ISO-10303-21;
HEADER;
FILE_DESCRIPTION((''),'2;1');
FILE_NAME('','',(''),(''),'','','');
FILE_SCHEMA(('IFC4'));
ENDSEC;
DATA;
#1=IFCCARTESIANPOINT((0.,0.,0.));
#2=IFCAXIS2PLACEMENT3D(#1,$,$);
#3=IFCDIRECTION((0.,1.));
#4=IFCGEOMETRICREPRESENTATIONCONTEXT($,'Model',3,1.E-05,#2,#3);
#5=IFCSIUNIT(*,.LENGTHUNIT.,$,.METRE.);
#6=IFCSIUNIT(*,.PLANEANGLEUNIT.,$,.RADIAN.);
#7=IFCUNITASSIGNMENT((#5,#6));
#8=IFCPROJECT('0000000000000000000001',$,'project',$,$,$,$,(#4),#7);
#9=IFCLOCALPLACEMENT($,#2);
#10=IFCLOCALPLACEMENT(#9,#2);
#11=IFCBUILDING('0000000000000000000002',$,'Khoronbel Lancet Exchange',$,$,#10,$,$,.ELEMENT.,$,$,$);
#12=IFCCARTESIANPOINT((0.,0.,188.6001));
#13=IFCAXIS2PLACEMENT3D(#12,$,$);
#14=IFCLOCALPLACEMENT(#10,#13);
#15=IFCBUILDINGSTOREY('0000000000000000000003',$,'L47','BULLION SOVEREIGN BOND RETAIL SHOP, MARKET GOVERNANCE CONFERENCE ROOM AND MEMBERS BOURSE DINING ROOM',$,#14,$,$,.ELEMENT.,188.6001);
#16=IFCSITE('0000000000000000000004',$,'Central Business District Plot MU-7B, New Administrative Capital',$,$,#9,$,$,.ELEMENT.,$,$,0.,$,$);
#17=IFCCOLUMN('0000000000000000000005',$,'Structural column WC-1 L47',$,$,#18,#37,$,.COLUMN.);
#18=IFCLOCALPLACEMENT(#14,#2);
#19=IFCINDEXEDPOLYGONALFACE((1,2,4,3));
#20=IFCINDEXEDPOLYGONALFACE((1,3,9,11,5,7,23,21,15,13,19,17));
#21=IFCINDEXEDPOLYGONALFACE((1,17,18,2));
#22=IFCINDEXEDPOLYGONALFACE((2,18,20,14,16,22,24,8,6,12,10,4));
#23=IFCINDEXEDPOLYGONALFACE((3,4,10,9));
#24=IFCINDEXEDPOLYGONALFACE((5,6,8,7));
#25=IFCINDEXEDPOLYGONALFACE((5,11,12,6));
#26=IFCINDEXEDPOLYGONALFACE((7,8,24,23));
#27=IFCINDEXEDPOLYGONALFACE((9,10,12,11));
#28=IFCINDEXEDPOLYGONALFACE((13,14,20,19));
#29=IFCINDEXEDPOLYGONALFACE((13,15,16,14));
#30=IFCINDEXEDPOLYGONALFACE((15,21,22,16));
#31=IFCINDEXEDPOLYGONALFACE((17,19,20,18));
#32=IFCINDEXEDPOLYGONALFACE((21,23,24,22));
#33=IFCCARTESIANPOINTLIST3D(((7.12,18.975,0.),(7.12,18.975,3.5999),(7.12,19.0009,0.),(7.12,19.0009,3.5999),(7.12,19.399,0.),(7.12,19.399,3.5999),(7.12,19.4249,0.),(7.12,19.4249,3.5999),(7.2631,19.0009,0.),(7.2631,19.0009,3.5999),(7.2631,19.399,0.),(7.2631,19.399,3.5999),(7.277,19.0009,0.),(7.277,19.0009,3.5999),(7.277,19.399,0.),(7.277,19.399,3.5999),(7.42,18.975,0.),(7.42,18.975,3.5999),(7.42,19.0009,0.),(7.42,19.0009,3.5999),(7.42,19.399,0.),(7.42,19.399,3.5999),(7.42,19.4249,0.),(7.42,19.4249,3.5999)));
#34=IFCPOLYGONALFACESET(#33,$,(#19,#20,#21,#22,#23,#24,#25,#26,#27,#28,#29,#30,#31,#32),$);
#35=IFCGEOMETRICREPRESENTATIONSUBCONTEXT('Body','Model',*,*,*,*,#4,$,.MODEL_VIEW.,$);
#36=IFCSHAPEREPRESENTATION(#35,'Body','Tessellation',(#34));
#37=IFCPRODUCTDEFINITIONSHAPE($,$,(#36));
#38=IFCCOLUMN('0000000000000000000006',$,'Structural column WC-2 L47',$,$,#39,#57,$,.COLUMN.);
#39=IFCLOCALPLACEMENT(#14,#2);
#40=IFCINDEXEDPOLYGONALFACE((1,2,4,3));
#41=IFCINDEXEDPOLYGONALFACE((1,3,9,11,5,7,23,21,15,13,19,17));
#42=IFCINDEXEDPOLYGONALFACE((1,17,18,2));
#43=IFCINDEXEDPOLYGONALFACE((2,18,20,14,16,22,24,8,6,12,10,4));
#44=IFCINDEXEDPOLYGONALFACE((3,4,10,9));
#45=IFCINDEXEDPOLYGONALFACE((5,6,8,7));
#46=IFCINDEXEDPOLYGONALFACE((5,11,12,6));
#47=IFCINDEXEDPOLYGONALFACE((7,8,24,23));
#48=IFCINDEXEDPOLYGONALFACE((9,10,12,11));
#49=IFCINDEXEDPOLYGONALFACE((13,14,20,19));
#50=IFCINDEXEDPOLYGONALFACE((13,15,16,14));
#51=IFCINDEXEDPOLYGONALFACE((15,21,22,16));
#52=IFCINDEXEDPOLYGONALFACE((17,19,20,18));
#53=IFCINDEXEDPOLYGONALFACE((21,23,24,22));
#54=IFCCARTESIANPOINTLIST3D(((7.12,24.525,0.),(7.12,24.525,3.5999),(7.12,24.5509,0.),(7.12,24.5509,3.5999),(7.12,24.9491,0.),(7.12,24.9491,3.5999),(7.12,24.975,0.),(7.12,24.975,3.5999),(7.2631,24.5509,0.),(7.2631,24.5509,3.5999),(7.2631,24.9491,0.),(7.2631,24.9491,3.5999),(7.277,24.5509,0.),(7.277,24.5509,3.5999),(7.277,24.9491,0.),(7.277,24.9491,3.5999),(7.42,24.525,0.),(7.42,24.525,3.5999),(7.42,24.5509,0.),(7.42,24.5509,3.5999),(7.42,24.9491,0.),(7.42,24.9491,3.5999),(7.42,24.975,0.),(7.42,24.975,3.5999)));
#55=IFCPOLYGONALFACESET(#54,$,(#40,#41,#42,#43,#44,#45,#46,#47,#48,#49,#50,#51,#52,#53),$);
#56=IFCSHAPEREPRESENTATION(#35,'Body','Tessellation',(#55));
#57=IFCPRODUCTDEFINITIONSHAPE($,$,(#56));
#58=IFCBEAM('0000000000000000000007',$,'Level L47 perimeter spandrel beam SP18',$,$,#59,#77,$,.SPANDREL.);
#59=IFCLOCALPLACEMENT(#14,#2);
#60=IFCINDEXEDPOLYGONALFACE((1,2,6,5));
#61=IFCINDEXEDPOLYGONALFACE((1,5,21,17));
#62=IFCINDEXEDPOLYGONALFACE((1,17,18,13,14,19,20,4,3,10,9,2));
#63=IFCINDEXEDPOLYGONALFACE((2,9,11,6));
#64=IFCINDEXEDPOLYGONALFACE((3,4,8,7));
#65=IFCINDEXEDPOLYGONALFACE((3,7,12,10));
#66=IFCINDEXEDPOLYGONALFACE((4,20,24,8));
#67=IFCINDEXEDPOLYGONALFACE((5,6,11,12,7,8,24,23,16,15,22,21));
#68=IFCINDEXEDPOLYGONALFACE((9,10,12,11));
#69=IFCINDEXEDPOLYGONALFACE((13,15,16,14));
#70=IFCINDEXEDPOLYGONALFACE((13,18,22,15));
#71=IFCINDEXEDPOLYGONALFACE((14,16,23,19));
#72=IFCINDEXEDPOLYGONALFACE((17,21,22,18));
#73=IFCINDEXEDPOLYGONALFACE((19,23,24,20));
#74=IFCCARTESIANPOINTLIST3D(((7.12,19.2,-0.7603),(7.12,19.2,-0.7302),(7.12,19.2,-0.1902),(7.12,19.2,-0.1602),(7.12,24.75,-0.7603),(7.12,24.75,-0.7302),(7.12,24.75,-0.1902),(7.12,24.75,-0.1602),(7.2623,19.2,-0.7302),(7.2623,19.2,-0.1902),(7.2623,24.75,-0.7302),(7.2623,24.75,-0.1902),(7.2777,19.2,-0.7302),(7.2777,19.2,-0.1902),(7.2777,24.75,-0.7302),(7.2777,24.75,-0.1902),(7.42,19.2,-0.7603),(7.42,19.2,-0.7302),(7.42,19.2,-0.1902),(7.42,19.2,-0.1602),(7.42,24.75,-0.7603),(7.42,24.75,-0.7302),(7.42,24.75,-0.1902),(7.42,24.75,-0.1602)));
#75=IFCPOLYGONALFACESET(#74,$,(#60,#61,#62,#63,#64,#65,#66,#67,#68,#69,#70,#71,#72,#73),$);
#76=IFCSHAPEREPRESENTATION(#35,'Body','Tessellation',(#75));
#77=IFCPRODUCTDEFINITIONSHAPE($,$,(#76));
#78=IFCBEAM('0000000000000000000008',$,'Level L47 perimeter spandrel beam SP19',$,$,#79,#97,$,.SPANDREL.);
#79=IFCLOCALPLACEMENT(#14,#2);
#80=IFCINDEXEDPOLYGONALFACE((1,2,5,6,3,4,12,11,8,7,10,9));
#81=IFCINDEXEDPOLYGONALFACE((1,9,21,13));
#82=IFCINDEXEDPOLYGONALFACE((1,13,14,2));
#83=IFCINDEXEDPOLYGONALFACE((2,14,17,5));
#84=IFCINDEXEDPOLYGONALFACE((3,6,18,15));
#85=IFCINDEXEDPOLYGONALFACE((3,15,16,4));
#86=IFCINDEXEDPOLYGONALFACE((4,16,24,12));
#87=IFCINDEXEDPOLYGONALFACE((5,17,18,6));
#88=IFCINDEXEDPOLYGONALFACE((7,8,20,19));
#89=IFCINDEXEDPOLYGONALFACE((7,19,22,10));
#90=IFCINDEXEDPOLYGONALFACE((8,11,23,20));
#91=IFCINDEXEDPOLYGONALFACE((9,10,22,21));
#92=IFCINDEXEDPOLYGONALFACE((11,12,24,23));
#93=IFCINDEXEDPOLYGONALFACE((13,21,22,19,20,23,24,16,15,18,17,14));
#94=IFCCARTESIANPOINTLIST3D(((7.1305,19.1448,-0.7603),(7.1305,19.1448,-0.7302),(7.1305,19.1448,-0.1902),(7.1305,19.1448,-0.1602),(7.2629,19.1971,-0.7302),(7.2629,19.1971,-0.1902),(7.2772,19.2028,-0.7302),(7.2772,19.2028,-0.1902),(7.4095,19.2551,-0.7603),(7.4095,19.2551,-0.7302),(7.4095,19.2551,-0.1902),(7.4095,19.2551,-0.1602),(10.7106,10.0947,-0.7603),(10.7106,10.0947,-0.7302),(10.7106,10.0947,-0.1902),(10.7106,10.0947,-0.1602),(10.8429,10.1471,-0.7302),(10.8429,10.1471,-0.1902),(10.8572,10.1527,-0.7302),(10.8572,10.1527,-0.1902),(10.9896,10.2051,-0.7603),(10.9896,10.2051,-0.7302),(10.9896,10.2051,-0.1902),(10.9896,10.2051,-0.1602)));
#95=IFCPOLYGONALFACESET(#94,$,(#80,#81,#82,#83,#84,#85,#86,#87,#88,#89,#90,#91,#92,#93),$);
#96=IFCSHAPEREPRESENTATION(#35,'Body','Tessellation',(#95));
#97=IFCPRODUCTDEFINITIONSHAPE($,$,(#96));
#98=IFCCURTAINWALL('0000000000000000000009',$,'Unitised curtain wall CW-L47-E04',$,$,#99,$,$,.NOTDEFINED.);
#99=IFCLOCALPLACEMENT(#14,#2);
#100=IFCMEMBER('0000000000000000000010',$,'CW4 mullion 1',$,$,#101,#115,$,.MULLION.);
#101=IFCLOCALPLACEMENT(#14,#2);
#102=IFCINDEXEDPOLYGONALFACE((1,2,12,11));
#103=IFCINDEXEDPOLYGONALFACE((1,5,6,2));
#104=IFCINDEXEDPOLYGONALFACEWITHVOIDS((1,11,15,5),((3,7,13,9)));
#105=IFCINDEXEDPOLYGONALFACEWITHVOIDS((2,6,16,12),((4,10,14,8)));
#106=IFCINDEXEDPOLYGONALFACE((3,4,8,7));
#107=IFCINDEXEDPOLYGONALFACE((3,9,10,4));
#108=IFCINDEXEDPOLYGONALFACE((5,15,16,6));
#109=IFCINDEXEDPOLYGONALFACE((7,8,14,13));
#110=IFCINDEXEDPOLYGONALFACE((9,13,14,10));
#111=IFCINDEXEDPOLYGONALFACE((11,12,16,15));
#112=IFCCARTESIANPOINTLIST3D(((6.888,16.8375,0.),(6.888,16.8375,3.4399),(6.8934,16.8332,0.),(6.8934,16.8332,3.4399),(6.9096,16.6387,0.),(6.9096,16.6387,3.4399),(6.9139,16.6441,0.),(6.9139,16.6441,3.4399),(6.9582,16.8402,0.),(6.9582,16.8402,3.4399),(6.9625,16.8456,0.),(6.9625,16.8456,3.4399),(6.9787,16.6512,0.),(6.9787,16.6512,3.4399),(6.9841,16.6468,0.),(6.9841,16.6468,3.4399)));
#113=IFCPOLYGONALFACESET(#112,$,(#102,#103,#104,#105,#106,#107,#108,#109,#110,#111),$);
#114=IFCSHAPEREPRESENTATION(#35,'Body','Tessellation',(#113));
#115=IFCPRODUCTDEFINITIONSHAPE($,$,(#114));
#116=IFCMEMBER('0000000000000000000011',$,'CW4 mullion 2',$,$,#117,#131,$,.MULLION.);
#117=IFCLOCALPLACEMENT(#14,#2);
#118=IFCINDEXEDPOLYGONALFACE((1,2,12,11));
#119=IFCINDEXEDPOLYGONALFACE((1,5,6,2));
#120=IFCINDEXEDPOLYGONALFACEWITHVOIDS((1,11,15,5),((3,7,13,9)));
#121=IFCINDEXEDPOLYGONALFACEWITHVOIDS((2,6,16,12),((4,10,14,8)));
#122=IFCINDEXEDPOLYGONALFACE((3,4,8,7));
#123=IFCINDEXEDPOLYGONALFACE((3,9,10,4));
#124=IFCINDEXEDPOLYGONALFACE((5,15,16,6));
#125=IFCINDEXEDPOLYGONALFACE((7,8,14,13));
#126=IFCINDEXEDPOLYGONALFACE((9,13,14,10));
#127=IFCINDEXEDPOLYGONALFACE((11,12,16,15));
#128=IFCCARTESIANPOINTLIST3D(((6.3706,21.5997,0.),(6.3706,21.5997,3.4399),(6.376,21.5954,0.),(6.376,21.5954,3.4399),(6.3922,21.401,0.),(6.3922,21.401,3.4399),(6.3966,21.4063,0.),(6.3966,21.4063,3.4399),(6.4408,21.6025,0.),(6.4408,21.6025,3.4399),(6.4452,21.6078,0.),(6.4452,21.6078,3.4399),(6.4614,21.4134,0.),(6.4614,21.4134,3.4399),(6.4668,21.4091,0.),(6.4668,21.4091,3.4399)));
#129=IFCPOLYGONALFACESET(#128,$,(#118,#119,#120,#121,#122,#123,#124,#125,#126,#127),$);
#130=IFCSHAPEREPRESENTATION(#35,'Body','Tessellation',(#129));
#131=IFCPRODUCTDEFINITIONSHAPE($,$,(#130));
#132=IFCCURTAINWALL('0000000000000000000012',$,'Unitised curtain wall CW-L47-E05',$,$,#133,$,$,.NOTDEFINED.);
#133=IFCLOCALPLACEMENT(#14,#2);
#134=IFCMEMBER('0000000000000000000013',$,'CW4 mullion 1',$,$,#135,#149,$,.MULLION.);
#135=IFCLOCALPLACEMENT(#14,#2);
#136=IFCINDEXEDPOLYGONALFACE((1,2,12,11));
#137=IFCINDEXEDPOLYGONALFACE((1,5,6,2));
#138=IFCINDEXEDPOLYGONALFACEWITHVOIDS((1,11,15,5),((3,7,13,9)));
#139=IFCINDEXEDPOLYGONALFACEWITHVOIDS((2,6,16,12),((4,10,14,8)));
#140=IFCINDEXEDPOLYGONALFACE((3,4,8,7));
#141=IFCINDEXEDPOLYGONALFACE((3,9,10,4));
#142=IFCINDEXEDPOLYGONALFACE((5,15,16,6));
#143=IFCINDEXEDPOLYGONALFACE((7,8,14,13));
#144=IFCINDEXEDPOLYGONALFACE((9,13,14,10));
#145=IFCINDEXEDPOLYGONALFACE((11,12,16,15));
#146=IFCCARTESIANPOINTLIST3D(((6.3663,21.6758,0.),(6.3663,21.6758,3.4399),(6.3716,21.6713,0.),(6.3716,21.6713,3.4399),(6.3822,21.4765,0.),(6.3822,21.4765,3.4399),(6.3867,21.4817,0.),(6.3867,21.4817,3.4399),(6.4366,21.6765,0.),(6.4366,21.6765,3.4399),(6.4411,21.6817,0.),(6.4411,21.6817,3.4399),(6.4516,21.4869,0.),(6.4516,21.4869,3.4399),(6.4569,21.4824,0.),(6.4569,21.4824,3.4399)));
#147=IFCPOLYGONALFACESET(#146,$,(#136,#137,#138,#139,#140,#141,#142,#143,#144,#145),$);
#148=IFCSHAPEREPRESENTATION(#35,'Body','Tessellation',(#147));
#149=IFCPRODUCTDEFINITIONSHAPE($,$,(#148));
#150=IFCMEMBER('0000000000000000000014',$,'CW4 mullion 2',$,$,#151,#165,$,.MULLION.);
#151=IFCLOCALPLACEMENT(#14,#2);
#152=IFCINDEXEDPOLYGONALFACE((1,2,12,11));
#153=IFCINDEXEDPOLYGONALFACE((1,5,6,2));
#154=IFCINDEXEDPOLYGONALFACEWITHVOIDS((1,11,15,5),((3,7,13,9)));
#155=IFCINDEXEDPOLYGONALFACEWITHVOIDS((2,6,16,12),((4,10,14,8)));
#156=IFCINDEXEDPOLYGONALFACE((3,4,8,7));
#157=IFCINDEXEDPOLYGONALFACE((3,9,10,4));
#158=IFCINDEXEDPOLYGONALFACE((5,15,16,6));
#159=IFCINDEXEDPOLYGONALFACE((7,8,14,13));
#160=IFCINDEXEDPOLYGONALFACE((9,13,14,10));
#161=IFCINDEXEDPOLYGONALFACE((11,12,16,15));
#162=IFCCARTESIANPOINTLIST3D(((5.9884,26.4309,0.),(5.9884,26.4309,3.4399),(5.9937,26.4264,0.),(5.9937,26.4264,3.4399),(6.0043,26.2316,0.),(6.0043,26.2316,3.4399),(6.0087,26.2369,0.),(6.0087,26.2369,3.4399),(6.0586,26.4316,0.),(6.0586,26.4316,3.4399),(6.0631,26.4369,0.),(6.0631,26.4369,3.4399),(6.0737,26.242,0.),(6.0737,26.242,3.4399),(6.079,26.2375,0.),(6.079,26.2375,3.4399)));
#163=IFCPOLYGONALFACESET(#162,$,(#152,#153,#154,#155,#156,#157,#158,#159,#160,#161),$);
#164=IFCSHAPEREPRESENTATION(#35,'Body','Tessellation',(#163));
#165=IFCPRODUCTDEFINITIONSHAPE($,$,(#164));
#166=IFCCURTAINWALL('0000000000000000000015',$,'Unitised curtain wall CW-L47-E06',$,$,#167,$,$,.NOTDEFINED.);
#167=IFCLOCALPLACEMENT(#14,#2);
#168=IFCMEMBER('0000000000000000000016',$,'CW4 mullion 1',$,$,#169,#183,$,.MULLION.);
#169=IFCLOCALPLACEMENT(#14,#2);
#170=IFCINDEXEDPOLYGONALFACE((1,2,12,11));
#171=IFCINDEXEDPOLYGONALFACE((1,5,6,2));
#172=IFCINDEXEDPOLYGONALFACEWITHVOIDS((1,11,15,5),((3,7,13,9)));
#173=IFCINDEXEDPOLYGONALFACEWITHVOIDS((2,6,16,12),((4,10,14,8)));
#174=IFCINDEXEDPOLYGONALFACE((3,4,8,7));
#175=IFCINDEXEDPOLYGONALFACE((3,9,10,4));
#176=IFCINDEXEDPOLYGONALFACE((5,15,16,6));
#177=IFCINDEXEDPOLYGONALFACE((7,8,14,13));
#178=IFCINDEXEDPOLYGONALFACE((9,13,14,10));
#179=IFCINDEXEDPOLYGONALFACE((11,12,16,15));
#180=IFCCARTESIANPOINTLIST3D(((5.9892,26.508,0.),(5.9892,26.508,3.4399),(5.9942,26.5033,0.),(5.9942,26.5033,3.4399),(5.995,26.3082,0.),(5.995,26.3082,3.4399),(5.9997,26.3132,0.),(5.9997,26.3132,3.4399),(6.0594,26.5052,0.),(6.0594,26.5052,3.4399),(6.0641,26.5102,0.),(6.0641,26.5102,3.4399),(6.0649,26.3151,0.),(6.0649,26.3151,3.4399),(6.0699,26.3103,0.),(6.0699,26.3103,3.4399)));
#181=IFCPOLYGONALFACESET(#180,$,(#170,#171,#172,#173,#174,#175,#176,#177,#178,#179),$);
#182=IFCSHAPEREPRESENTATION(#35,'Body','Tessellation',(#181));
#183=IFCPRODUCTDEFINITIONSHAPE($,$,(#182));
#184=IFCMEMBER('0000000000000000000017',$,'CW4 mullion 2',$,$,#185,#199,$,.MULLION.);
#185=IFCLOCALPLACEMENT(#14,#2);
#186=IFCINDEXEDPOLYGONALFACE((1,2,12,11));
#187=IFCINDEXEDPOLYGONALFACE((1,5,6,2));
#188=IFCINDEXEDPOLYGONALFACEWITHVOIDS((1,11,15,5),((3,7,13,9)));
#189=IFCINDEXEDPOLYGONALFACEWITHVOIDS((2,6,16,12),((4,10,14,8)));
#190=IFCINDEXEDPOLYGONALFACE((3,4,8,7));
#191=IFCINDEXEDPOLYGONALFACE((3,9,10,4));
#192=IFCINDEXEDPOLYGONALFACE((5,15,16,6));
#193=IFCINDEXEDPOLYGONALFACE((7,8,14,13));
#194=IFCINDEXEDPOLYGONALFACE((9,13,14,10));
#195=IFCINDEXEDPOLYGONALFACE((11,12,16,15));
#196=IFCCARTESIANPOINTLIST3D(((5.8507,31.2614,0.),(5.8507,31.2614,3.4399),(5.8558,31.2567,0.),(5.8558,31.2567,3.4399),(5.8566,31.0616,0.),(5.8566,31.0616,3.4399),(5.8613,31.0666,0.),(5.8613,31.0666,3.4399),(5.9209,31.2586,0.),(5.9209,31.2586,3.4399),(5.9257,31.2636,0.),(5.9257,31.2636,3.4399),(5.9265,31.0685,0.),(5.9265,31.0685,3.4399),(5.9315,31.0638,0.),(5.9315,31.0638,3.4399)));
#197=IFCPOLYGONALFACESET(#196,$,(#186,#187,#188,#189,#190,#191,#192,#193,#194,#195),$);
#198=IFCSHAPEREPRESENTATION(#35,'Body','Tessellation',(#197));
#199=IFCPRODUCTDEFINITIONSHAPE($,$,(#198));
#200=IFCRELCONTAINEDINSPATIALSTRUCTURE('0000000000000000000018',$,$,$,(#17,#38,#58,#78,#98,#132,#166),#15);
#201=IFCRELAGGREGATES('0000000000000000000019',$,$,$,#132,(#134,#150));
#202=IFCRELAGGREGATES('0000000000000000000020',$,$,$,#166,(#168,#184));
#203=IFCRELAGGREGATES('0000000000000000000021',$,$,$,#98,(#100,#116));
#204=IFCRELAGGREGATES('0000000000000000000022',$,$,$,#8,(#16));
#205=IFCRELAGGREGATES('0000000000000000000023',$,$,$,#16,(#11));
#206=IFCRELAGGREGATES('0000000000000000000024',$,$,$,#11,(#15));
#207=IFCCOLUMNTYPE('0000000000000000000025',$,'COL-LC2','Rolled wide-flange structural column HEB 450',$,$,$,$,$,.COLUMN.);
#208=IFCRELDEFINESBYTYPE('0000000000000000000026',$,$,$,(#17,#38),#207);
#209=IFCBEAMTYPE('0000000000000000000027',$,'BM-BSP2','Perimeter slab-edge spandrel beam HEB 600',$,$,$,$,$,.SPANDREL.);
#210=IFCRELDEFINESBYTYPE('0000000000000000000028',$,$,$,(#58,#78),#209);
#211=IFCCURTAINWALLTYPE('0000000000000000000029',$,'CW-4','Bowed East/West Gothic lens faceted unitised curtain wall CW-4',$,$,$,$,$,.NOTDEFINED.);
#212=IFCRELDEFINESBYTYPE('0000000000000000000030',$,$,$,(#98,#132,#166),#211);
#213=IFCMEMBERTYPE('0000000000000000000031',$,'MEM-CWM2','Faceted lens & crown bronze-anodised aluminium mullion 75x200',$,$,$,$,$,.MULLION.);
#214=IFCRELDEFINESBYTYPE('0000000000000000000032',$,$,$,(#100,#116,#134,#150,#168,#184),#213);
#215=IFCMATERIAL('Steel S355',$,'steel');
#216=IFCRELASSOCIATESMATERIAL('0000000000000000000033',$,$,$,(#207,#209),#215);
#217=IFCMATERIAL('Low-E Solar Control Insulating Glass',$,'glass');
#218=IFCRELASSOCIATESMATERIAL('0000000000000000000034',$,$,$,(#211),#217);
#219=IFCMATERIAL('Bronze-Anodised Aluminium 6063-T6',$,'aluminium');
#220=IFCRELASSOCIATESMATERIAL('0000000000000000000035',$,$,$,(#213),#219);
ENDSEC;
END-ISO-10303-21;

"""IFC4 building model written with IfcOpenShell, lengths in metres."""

from ifc_helpers import new_model, si_unit, direction, frame, origin, origin_2d, place, context, subcontext, project, spatial, hollow_rectangle, i_section, extrude, material, material_profile, profile_set, type_object, element, aggregate, save


model = new_model("IFC4")

# Units and contexts
model_context = context("Model", 3, precision=1e-05, world=origin(), true_north=direction((0.0, 1.0)))
body_context = subcontext(model_context, "Body", "Model", "MODEL_VIEW")
ifc_project = project(units=[si_unit("LENGTHUNIT", "METRE"), si_unit("PLANEANGLEUNIT", "RADIAN")], contexts=[model_context])

# Site, building, storey
site_placement = place(None, origin())
site = spatial("IfcSite", under=ifc_project, at=site_placement, Name="Central Business District Plot MU-7B, New Administrative Capital", CompositionType="ELEMENT", RefElevation=0.0)
building_placement = place(site_placement, origin())
building = spatial("IfcBuilding", under=site, at=building_placement, Name="Khoronbel Lancet Exchange", CompositionType="ELEMENT")
storey_placement = place(building_placement, frame((0.0, 0.0, 188.6001)))
storey = spatial("IfcBuildingStorey", under=building, at=storey_placement, Name="L47", Description="BULLION SOVEREIGN BOND RETAIL SHOP, MARKET GOVERNANCE CONFERENCE ROOM AND MEMBERS BOURSE DINING ROOM", CompositionType="ELEMENT", Elevation=188.6001)

# Columns
ifc_material_1 = material(Name="Steel S355", Category="steel")
ifc_material_profile_1 = material_profile(ifc_material_1, i_section(OverallWidth=0.3, OverallDepth=0.45, WebThickness=0.0139, FlangeThickness=0.0259, at=origin_2d()), Name="HEB 450")
ifc_profile_set_1 = profile_set([ifc_material_profile_1], Name="Steel S355")
column_type = type_object("IfcColumnType", Name="COL-LC2", Description="Rolled wide-flange structural column HEB 450", PredefinedType="COLUMN", material=ifc_profile_set_1)
for number, where, z_axis, x_axis, name in (
    (1, (7.27, 19.2, 0.0), (0.0, 0.0, 1.0), (1.0, 0.0, 0.0), "Structural column WC-1 L47"),
    (2, (7.27, 24.75, 0.0), (0.0, 0.0, 1.0), (1.0, 0.0, 0.0), "Structural column WC-2 L47"),
):
    element("IfcColumn", number, at=place(storey_placement, frame(where, z_axis=z_axis, x_axis=x_axis)), inside=storey, type_object=column_type, Name=name, PredefinedType="COLUMN", context=body_context, shape_type="SweptSolid", body=[
        extrude(i_section(OverallWidth=0.3, OverallDepth=0.45, WebThickness=0.0139, FlangeThickness=0.0259, at=origin_2d()), origin(), (0.0, 0.0, 1.0), 3.5999),
    ])

# Beams
ifc_material_profile_2 = material_profile(ifc_material_1, i_section(OverallWidth=0.3, OverallDepth=0.6001, WebThickness=0.0154, FlangeThickness=0.03, at=origin_2d()), Name="HEB 600")
ifc_profile_set_2 = profile_set([ifc_material_profile_2], Name="Steel S355")
beam_type = type_object("IfcBeamType", Name="BM-BSP2", Description="Perimeter slab-edge spandrel beam HEB 600", PredefinedType="SPANDREL", material=ifc_profile_set_2)
beam_1_placement = place(storey_placement, frame((7.27, 24.75, -0.4602), z_axis=(0.0, -1.0, 0.0), x_axis=(1.0, 0.0, 0.0)))
element("IfcBeam", 3, at=beam_1_placement, inside=storey, type_object=beam_type, Name="Level L47 perimeter spandrel beam SP18", PredefinedType="SPANDREL", context=body_context, shape_type="SweptSolid", body=[
    extrude(i_section(OverallWidth=0.3, OverallDepth=0.6001, WebThickness=0.0154, FlangeThickness=0.03, at=origin_2d()), origin(), (0.0, 0.0, 1.0), 5.55),
])
beam_2_placement = place(storey_placement, frame((7.27, 19.2, -0.4602), z_axis=(0.36785, -0.929885, 0.0), x_axis=(0.929885, 0.36785, 0.0)))
element("IfcBeam", 4, at=beam_2_placement, inside=storey, type_object=beam_type, Name="Level L47 perimeter spandrel beam SP19", PredefinedType="SPANDREL", context=body_context, shape_type="SweptSolid", body=[
    extrude(i_section(OverallWidth=0.3, OverallDepth=0.6001, WebThickness=0.0154, FlangeThickness=0.03, at=origin_2d()), origin(), (0.0, 0.0, 1.0), 9.7324),
])

# Curtain walls, members
ifc_material_2 = material(Name="Low-E Solar Control Insulating Glass", Category="glass")
curtain_wall_type = type_object("IfcCurtainWallType", Name="CW-4", Description="Bowed East/West Gothic lens faceted unitised curtain wall CW-4", PredefinedType="NOTDEFINED", material=ifc_material_2)
curtain_wall_1_placement = place(storey_placement, origin())
curtain_wall_1 = element("IfcCurtainWall", 5, at=curtain_wall_1_placement, inside=storey, type_object=curtain_wall_type, Name="Unitised curtain wall CW-L47-E04", PredefinedType="NOTDEFINED")
ifc_material_3 = material(Name="Bronze-Anodised Aluminium 6063-T6", Category="aluminium")
ifc_material_profile_3 = material_profile(ifc_material_3, hollow_rectangle(XDim=0.075, YDim=0.2, WallThickness=0.0049, at=origin_2d()), Name="ALU MULLION 75x200")
ifc_profile_set_3 = profile_set([ifc_material_profile_3], Name="Bronze-Anodised Aluminium 6063-T6")
member_type_1 = type_object("IfcMemberType", Name="MEM-CWM2", Description="Faceted lens & crown bronze-anodised aluminium mullion 75x200", PredefinedType="MULLION", material=ifc_profile_set_3)
member_1_placement = place(storey_placement, frame((6.936, 16.7422, 0.0), z_axis=(0.0, 0.0, 1.0), x_axis=(-0.994152, -0.10799, 0.0)))
member_1 = element("IfcMember", 6, at=member_1_placement, type_object=member_type_1, Name="CW4 mullion 1", PredefinedType="MULLION", context=body_context, shape_type="SweptSolid", body=[
    extrude(hollow_rectangle(XDim=0.075, YDim=0.2, WallThickness=0.0049, at=origin_2d()), origin(), (0.0, 0.0, 1.0), 3.4399),
])
member_2_placement = place(storey_placement, frame((6.4187, 21.5044, 0.0), z_axis=(0.0, 0.0, 1.0), x_axis=(-0.994152, -0.10799, 0.0)))
member_2 = element("IfcMember", 7, at=member_2_placement, type_object=member_type_1, Name="CW4 mullion 2", PredefinedType="MULLION", context=body_context, shape_type="SweptSolid", body=[
    extrude(hollow_rectangle(XDim=0.075, YDim=0.2, WallThickness=0.0049, at=origin_2d()), origin(), (0.0, 0.0, 1.0), 3.4399),
])
curtain_wall_2_placement = place(storey_placement, origin())
curtain_wall_2 = element("IfcCurtainWall", 8, at=curtain_wall_2_placement, inside=storey, type_object=curtain_wall_type, Name="Unitised curtain wall CW-L47-E05", PredefinedType="NOTDEFINED")
member_3_placement = place(storey_placement, frame((6.4116, 21.5791, 0.0), z_axis=(0.0, 0.0, 1.0), x_axis=(-0.996854, -0.079255, 0.0)))
member_3 = element("IfcMember", 9, at=member_3_placement, type_object=member_type_1, Name="CW4 mullion 1", PredefinedType="MULLION", context=body_context, shape_type="SweptSolid", body=[
    extrude(hollow_rectangle(XDim=0.075, YDim=0.2, WallThickness=0.0049, at=origin_2d()), origin(), (0.0, 0.0, 1.0), 3.4399),
])
member_4_placement = place(storey_placement, frame((6.0337, 26.3342, 0.0), z_axis=(0.0, 0.0, 1.0), x_axis=(-0.996854, -0.079255, 0.0)))
member_4 = element("IfcMember", 10, at=member_4_placement, type_object=member_type_1, Name="CW4 mullion 2", PredefinedType="MULLION", context=body_context, shape_type="SweptSolid", body=[
    extrude(hollow_rectangle(XDim=0.075, YDim=0.2, WallThickness=0.0049, at=origin_2d()), origin(), (0.0, 0.0, 1.0), 3.4399),
])
curtain_wall_3_placement = place(storey_placement, origin())
curtain_wall_3 = element("IfcCurtainWall", 11, at=curtain_wall_3_placement, inside=storey, type_object=curtain_wall_type, Name="Unitised curtain wall CW-L47-E06", PredefinedType="NOTDEFINED")
member_5_placement = place(storey_placement, frame((6.0295, 26.4092, 0.0), z_axis=(0.0, 0.0, 1.0), x_axis=(-0.999576, -0.029107, 0.0)))
member_5 = element("IfcMember", 12, at=member_5_placement, type_object=member_type_1, Name="CW4 mullion 1", PredefinedType="MULLION", context=body_context, shape_type="SweptSolid", body=[
    extrude(hollow_rectangle(XDim=0.075, YDim=0.2, WallThickness=0.0049, at=origin_2d()), origin(), (0.0, 0.0, 1.0), 3.4399),
])
member_6_placement = place(storey_placement, frame((5.8911, 31.1626, 0.0), z_axis=(0.0, 0.0, 1.0), x_axis=(-0.999576, -0.029107, 0.0)))
member_6 = element("IfcMember", 13, at=member_6_placement, type_object=member_type_1, Name="CW4 mullion 2", PredefinedType="MULLION", context=body_context, shape_type="SweptSolid", body=[
    extrude(hollow_rectangle(XDim=0.075, YDim=0.2, WallThickness=0.0049, at=origin_2d()), origin(), (0.0, 0.0, 1.0), 3.4399),
])

aggregate(curtain_wall_2, [member_3, member_4])
aggregate(curtain_wall_3, [member_5, member_6])
aggregate(curtain_wall_1, [member_1, member_2])

save(model, "model.ifc")
